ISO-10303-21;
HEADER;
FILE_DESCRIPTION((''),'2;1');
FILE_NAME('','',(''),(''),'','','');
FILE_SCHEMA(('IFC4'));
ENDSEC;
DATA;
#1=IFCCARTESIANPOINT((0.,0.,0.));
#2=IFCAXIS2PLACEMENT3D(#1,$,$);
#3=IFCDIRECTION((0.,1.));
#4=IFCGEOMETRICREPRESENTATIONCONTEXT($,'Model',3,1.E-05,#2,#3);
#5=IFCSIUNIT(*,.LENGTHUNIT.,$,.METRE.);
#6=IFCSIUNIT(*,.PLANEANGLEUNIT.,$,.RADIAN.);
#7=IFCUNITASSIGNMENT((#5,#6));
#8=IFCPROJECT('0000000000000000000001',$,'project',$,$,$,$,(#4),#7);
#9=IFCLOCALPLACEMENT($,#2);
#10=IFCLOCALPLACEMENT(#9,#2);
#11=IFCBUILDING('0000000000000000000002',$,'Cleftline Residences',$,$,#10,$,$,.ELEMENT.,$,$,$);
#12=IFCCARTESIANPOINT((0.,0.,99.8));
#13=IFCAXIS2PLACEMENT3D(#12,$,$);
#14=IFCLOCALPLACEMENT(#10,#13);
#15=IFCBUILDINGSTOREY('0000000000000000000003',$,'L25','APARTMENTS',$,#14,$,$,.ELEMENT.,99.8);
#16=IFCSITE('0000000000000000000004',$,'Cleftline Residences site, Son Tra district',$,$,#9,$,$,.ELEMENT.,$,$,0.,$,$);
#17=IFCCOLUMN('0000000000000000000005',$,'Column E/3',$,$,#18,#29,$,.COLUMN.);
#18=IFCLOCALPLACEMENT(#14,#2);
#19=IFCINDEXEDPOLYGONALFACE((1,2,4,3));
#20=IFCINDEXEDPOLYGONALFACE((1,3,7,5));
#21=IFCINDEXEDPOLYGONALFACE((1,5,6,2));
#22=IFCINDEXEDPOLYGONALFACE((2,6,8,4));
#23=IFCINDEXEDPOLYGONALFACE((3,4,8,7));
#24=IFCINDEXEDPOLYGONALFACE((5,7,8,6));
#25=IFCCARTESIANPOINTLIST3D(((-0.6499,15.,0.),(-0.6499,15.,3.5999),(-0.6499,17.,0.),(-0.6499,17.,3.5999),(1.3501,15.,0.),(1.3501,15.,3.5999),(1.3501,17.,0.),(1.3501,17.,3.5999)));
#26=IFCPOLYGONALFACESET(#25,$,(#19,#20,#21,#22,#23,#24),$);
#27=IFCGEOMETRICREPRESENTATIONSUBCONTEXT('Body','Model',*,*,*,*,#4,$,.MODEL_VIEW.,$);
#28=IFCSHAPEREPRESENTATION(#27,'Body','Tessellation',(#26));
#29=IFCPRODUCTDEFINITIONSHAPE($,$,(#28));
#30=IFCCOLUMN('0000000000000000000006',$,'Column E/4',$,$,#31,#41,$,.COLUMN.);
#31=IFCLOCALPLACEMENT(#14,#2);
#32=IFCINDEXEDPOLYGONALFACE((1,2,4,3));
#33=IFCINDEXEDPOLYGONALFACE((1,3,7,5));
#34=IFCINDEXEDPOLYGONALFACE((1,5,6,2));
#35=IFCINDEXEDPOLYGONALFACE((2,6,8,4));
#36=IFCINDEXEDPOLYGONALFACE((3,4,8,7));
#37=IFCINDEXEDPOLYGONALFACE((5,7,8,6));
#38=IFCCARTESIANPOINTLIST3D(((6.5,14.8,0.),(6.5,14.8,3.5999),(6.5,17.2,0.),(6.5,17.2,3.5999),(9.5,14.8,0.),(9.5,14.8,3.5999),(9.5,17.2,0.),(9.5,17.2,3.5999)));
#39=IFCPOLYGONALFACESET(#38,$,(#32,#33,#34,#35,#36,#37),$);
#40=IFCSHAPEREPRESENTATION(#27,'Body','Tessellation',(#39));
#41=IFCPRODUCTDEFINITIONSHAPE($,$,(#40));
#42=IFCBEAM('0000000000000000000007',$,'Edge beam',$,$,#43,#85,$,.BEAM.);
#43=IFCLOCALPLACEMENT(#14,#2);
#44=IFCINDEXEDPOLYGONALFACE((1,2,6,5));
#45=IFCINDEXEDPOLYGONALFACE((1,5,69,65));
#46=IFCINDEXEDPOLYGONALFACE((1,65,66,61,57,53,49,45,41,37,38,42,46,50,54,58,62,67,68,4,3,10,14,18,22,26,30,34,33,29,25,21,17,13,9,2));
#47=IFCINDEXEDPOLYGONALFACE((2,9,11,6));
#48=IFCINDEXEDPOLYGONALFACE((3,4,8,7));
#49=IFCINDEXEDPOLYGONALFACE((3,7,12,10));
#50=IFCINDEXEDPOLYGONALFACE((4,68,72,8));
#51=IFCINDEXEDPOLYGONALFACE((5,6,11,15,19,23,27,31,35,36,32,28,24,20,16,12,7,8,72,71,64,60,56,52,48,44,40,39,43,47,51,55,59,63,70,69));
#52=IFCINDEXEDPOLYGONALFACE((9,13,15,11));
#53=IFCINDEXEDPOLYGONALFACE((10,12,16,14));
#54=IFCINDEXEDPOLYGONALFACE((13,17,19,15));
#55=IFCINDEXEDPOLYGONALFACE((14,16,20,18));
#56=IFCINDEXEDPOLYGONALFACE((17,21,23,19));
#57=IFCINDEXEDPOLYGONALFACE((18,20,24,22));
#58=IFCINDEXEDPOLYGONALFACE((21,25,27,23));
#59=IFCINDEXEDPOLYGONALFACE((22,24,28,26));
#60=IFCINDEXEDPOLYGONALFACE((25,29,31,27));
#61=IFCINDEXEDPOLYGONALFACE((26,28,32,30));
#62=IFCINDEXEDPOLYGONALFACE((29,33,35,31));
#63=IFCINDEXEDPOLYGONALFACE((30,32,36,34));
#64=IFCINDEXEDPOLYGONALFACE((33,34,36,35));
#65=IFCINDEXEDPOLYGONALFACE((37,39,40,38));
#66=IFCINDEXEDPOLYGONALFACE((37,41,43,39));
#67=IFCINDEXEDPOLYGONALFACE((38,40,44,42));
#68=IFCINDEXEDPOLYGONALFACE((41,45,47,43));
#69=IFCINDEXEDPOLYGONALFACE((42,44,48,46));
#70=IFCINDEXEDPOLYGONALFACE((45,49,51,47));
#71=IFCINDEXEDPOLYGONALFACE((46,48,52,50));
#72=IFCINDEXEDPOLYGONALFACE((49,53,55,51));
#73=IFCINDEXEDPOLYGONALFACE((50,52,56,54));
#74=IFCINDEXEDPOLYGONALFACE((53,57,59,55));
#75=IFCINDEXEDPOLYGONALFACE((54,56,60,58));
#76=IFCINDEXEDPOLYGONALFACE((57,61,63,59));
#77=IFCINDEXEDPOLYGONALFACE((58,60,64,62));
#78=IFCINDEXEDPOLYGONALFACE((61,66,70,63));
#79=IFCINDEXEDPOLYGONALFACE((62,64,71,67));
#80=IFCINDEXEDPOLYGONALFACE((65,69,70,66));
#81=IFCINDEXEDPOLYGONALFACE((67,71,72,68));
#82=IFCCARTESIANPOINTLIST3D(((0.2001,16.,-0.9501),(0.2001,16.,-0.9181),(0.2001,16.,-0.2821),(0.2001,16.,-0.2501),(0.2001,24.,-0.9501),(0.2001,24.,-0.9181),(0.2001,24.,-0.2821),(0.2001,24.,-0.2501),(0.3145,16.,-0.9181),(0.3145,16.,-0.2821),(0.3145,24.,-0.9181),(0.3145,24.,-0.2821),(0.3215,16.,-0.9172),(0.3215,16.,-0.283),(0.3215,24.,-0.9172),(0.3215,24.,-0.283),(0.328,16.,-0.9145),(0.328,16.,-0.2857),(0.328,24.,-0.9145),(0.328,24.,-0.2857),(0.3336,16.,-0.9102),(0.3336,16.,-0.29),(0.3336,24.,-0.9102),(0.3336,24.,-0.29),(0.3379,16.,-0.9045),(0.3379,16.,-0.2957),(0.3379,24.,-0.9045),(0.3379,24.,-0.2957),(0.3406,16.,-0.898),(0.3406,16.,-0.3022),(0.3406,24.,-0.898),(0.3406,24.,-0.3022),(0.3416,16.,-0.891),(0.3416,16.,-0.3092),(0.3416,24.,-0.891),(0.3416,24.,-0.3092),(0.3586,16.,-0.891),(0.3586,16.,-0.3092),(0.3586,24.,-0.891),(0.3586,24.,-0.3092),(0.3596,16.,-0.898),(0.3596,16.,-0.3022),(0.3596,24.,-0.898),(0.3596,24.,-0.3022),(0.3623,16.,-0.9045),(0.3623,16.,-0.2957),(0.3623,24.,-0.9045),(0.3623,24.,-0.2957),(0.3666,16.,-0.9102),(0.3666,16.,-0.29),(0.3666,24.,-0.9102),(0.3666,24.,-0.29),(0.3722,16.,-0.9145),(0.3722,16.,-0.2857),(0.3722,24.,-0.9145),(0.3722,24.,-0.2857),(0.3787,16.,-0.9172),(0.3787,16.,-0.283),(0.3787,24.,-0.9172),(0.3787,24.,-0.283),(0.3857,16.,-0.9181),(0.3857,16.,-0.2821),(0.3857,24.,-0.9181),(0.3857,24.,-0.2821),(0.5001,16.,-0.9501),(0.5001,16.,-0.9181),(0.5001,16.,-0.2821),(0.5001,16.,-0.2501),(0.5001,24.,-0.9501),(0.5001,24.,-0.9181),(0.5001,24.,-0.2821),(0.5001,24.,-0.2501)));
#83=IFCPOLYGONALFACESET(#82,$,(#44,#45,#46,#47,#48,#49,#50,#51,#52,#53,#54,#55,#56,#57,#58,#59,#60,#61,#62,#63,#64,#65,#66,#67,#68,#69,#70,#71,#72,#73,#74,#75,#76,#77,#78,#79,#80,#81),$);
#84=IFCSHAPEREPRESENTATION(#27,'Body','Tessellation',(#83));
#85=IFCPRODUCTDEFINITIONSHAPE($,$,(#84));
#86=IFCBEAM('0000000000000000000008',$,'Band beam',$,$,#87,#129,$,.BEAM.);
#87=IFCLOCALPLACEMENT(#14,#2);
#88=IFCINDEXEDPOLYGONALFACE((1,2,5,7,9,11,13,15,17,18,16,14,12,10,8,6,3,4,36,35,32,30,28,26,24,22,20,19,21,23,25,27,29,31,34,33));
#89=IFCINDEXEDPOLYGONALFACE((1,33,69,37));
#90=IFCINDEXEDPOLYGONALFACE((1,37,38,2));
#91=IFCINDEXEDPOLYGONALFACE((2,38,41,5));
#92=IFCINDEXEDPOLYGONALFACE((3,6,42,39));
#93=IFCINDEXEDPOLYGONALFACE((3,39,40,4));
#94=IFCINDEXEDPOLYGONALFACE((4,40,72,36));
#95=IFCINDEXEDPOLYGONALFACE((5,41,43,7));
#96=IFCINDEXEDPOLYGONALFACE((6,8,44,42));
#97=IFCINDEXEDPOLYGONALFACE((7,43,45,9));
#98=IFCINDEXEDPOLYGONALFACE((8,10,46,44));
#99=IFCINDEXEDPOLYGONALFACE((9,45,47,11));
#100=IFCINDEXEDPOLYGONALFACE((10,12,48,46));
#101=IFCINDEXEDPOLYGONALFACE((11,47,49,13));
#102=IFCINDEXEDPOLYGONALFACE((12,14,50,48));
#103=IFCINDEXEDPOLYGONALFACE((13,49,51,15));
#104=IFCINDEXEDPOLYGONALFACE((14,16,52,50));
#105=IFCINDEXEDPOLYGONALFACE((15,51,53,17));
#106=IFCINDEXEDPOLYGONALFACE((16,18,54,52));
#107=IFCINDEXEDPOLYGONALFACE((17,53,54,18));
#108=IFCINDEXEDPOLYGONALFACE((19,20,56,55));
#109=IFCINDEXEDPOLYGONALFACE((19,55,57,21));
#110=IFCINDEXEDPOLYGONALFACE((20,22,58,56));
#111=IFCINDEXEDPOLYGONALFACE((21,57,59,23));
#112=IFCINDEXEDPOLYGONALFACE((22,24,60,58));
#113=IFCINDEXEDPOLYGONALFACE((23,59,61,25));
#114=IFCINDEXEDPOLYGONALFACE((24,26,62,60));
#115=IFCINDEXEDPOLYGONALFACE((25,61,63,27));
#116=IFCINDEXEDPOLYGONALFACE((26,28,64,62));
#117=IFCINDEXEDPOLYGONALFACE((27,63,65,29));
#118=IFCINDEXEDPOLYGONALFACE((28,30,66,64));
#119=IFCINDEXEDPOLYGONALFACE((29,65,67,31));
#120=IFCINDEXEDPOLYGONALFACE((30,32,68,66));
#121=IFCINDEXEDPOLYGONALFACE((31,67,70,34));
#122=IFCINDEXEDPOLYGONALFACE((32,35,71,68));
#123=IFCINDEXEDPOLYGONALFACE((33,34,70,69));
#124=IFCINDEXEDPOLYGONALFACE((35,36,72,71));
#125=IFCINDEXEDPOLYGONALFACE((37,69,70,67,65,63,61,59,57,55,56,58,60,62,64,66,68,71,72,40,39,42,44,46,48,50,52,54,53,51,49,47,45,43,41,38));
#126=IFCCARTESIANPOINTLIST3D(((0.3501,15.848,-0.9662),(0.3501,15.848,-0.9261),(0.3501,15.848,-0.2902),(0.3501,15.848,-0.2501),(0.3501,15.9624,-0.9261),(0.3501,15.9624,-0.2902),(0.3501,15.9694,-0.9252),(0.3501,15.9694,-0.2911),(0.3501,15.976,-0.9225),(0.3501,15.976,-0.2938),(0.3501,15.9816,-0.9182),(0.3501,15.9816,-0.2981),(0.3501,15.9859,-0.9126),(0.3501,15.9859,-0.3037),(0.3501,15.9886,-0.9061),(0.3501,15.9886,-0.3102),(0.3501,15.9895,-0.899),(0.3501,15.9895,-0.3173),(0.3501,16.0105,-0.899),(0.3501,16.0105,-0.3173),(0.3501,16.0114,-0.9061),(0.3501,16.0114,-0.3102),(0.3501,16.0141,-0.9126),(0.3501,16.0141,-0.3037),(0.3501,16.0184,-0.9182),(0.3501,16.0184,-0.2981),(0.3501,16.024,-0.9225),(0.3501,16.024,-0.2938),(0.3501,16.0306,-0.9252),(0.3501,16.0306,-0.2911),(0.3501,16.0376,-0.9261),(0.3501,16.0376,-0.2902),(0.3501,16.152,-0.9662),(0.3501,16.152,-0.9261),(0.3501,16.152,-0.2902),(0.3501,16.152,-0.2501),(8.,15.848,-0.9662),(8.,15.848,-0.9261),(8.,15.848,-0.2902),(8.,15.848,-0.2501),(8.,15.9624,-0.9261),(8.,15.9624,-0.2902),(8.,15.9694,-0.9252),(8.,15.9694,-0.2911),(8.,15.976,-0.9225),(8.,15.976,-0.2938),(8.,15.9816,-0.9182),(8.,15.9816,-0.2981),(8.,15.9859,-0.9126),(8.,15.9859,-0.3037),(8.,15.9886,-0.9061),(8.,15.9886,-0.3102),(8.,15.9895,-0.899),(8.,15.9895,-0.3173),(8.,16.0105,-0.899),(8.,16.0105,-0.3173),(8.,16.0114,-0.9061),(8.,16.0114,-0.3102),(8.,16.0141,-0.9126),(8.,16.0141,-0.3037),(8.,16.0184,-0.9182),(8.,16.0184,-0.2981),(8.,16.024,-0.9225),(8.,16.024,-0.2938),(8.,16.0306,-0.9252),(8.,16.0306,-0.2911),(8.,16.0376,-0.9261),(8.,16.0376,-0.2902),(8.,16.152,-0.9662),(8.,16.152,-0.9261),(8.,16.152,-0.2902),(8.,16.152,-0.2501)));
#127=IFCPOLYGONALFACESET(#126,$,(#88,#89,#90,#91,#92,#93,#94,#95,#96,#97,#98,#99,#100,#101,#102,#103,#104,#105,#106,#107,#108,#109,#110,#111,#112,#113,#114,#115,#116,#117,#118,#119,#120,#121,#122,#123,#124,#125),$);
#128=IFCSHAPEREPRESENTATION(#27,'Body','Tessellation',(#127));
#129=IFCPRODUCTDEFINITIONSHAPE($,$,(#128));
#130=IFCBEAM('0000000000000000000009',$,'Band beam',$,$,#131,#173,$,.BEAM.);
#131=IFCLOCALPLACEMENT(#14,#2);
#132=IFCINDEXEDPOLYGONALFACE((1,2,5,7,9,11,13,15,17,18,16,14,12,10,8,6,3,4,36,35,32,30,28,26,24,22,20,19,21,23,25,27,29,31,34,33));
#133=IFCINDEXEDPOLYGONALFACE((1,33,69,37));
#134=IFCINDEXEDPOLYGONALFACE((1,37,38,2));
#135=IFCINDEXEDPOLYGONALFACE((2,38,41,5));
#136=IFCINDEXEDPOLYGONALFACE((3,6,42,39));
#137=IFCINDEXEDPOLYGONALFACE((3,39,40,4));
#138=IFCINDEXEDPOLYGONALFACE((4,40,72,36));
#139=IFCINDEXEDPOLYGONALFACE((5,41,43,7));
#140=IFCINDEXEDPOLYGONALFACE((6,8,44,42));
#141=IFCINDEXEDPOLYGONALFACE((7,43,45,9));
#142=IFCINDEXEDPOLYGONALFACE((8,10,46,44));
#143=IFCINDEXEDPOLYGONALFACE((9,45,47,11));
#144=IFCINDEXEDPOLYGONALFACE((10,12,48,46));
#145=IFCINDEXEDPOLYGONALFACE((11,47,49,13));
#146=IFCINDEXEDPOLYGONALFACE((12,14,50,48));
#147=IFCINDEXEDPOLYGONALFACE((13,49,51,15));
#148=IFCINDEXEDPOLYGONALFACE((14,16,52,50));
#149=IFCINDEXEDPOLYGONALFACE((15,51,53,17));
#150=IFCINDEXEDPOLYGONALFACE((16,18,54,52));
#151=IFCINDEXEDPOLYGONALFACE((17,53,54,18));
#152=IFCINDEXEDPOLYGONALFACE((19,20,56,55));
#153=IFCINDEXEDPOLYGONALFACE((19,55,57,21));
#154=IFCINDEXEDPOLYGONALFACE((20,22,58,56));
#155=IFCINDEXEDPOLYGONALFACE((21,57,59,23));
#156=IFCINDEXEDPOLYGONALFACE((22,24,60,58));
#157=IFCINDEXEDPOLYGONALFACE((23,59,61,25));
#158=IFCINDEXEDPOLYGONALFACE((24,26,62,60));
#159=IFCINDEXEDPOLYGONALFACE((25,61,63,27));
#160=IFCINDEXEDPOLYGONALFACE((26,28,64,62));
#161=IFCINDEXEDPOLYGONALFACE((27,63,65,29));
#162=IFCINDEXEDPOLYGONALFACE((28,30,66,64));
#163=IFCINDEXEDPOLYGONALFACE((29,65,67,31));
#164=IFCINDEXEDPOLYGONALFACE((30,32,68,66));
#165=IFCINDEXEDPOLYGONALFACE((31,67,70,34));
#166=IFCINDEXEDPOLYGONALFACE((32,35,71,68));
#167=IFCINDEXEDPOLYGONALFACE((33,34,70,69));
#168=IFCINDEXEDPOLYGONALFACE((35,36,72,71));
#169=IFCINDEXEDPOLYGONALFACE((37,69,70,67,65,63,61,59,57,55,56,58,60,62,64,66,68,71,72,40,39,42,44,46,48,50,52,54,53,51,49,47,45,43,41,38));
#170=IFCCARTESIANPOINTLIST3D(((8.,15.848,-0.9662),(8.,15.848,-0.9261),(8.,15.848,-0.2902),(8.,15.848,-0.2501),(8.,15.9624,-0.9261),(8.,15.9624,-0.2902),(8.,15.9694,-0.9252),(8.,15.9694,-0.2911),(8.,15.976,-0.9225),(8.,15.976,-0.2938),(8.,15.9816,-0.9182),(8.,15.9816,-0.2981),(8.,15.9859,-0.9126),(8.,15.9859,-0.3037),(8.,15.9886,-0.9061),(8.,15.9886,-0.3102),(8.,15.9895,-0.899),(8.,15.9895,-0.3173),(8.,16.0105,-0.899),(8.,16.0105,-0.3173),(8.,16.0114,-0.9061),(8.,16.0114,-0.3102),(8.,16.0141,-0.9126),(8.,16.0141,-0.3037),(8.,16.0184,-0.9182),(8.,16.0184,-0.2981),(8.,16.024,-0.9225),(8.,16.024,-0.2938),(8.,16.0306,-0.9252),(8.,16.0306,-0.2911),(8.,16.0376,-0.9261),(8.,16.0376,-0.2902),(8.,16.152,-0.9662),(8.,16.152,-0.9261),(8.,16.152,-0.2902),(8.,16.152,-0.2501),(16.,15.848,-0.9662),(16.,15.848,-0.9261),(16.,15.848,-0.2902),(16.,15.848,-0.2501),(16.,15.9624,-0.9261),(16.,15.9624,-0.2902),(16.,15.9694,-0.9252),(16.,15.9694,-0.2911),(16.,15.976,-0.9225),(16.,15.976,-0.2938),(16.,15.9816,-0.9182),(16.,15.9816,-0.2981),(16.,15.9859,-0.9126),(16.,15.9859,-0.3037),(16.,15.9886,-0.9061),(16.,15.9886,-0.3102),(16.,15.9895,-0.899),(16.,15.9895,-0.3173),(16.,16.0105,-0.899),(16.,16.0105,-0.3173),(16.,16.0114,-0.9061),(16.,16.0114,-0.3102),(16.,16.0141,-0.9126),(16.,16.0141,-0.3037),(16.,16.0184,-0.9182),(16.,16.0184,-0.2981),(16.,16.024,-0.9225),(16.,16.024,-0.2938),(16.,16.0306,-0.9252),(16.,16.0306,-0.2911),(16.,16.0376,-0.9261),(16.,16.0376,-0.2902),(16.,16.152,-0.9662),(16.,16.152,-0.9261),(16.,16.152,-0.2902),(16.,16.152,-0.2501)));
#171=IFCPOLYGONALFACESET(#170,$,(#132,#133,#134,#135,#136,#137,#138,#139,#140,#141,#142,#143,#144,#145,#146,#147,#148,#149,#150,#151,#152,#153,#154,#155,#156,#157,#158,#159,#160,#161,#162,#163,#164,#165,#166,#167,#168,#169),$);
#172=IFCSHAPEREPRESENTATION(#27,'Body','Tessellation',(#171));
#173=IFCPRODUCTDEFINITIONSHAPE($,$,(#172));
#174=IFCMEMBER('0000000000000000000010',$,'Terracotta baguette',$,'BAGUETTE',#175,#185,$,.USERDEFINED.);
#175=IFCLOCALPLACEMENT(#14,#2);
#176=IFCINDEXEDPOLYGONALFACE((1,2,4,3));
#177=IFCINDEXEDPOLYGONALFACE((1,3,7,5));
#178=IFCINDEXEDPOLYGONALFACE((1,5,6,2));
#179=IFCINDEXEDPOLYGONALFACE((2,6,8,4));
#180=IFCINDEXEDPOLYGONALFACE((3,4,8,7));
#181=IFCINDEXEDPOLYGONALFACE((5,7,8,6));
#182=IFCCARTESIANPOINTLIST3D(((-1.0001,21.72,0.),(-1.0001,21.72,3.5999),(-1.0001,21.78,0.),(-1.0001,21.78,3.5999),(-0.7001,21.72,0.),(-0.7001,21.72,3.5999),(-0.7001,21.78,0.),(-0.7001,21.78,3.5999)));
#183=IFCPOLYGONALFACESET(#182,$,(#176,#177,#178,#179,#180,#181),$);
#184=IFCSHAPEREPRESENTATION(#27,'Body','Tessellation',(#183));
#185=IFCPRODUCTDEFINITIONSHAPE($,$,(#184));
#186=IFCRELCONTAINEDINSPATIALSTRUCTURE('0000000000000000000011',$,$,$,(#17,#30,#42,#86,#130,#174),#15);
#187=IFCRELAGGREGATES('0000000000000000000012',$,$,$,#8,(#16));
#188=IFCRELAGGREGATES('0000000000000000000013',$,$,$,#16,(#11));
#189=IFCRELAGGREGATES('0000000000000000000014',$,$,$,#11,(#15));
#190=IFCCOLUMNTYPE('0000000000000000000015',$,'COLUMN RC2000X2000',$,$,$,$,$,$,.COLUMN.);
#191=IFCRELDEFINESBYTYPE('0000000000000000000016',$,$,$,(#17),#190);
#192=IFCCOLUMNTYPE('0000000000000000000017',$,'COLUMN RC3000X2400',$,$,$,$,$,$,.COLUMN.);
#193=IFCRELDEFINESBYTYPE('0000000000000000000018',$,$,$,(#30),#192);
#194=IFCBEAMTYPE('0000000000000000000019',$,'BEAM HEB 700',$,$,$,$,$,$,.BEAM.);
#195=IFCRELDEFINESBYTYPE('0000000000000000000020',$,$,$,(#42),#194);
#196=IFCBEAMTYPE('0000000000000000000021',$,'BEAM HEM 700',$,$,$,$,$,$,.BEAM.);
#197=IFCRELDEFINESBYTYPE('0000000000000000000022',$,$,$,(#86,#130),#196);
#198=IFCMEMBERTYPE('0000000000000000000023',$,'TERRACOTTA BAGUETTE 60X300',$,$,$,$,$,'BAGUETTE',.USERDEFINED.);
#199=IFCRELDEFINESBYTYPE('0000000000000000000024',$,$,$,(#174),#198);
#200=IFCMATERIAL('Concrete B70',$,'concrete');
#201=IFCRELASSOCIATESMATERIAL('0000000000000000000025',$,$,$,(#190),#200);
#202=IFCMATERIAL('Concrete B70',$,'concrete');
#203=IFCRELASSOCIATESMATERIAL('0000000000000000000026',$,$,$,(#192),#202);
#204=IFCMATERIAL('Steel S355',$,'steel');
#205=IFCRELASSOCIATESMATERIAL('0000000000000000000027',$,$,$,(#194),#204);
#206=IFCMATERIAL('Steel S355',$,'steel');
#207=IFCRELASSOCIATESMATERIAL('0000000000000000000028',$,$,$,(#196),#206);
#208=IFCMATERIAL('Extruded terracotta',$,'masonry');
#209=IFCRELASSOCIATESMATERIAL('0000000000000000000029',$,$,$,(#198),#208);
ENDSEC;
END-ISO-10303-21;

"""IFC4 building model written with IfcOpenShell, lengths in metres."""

from ifc_helpers import new_model, si_unit, direction, frame, origin, origin_2d, place, context, subcontext, project, spatial, rectangle, i_section, extrude, material, material_profile, profile_set, type_object, element, save


model = new_model("IFC4")

# Units and contexts
model_context = context("Model", 3, precision=1e-05, world=origin(), true_north=direction((0.0, 1.0)))
body_context = subcontext(model_context, "Body", "Model", "MODEL_VIEW")
ifc_project = project(units=[si_unit("LENGTHUNIT", "METRE"), si_unit("PLANEANGLEUNIT", "RADIAN")], contexts=[model_context])

# Site, building, storey
site_placement = place(None, origin())
site = spatial("IfcSite", under=ifc_project, at=site_placement, Name="Cleftline Residences site, Son Tra district", CompositionType="ELEMENT", RefElevation=0.0)
building_placement = place(site_placement, origin())
building = spatial("IfcBuilding", under=site, at=building_placement, Name="Cleftline Residences", CompositionType="ELEMENT")
storey_placement = place(building_placement, frame((0.0, 0.0, 99.8)))
storey = spatial("IfcBuildingStorey", under=building, at=storey_placement, Name="L25", Description="APARTMENTS", CompositionType="ELEMENT", Elevation=99.8)

# Columns
ifc_material_1 = material(Name="Concrete B70", Category="concrete")
ifc_material_profile_1 = material_profile(ifc_material_1, rectangle(XDim=2.0, YDim=2.0, at=origin_2d()))
ifc_profile_set_1 = profile_set([ifc_material_profile_1], Name="Concrete B70")
column_type_1 = type_object("IfcColumnType", Name="COLUMN RC2000X2000", PredefinedType="COLUMN", material=ifc_profile_set_1)
column_1_placement = place(storey_placement, frame((0.3501, 16.0, 0.0), z_axis=(0.0, 0.0, 1.0), x_axis=(1.0, 0.0, 0.0)))
element("IfcColumn", 1, at=column_1_placement, inside=storey, type_object=column_type_1, Name="Column E/3", PredefinedType="COLUMN", context=body_context, shape_type="SweptSolid", body=[
    extrude(rectangle(XDim=2.0, YDim=2.0, at=origin_2d()), origin(), (0.0, 0.0, 1.0), 3.5999),
])
ifc_material_2 = material(Name="Concrete B70", Category="concrete")
ifc_material_profile_2 = material_profile(ifc_material_2, rectangle(XDim=3.0, YDim=2.3999, at=origin_2d()))
ifc_profile_set_2 = profile_set([ifc_material_profile_2], Name="Concrete B70")
column_type_2 = type_object("IfcColumnType", Name="COLUMN RC3000X2400", PredefinedType="COLUMN", material=ifc_profile_set_2)
column_2_placement = place(storey_placement, frame((8.0, 16.0, 0.0), z_axis=(0.0, 0.0, 1.0), x_axis=(1.0, 0.0, 0.0)))
element("IfcColumn", 2, at=column_2_placement, inside=storey, type_object=column_type_2, Name="Column E/4", PredefinedType="COLUMN", context=body_context, shape_type="SweptSolid", body=[
    extrude(rectangle(XDim=3.0, YDim=2.3999, at=origin_2d()), origin(), (0.0, 0.0, 1.0), 3.5999),
])

# Beams
ifc_material_3 = material(Name="Steel S355", Category="steel")
ifc_material_profile_3 = material_profile(ifc_material_3, i_section(OverallWidth=0.3, OverallDepth=0.7, WebThickness=0.0171, FlangeThickness=0.032, FilletRadius=0.0271, at=origin_2d()))
ifc_profile_set_3 = profile_set([ifc_material_profile_3], Name="Steel S355")
beam_type_1 = type_object("IfcBeamType", Name="BEAM HEB 700", PredefinedType="BEAM", material=ifc_profile_set_3)
beam_1_placement = place(storey_placement, frame((0.3501, 16.0, -0.6001), z_axis=(0.0, 1.0, 0.0), x_axis=(-1.0, 0.0, 0.0)))
element("IfcBeam", 3, at=beam_1_placement, inside=storey, type_object=beam_type_1, Name="Edge beam", PredefinedType="BEAM", context=body_context, shape_type="SweptSolid", body=[
    extrude(i_section(OverallWidth=0.3, OverallDepth=0.7, WebThickness=0.0171, FlangeThickness=0.032, FilletRadius=0.0271, at=origin_2d()), origin(), (0.0, 0.0, 1.0), 8.0),
])
ifc_material_4 = material(Name="Steel S355", Category="steel")
ifc_material_profile_4 = material_profile(ifc_material_4, i_section(OverallWidth=0.304, OverallDepth=0.7161, WebThickness=0.021, FlangeThickness=0.04, FilletRadius=0.0271, at=origin_2d()))
ifc_profile_set_4 = profile_set([ifc_material_profile_4], Name="Steel S355")
beam_type_2 = type_object("IfcBeamType", Name="BEAM HEM 700", PredefinedType="BEAM", material=ifc_profile_set_4)
beam_2_placement = place(storey_placement, frame((0.3501, 16.0, -0.6082), z_axis=(1.0, 0.0, 0.0), x_axis=(0.0, 1.0, 0.0)))
element("IfcBeam", 4, at=beam_2_placement, inside=storey, type_object=beam_type_2, Name="Band beam", PredefinedType="BEAM", context=body_context, shape_type="SweptSolid", body=[
    extrude(i_section(OverallWidth=0.304, OverallDepth=0.7161, WebThickness=0.021, FlangeThickness=0.04, FilletRadius=0.0271, at=origin_2d()), origin(), (0.0, 0.0, 1.0), 7.6499),
])
beam_3_placement = place(storey_placement, frame((8.0, 16.0, -0.6082), z_axis=(1.0, 0.0, 0.0), x_axis=(0.0, 1.0, 0.0)))
element("IfcBeam", 5, at=beam_3_placement, inside=storey, type_object=beam_type_2, Name="Band beam", PredefinedType="BEAM", context=body_context, shape_type="SweptSolid", body=[
    extrude(i_section(OverallWidth=0.304, OverallDepth=0.7161, WebThickness=0.021, FlangeThickness=0.04, FilletRadius=0.0271, at=origin_2d()), origin(), (0.0, 0.0, 1.0), 8.0),
])

# Member
ifc_material_5 = material(Name="Extruded terracotta", Category="masonry")
ifc_material_profile_5 = material_profile(ifc_material_5, rectangle(XDim=0.0601, YDim=0.3, at=origin_2d()))
ifc_profile_set_5 = profile_set([ifc_material_profile_5], Name="Extruded terracotta")
member_type = type_object("IfcMemberType", Name="TERRACOTTA BAGUETTE 60X300", ElementType="BAGUETTE", PredefinedType="USERDEFINED", material=ifc_profile_set_5)
for number, where, z_axis, x_axis, name in (
    (6, (-0.8501, 21.75, 0.0), (0.0, 0.0, 1.0), (0.0, 1.0, 0.0), "Terracotta baguette"),
):
    element("IfcMember", number, at=place(storey_placement, frame(where, z_axis=z_axis, x_axis=x_axis)), inside=storey, type_object=member_type, Name=name, ObjectType="BAGUETTE", PredefinedType="USERDEFINED", context=body_context, shape_type="SweptSolid", body=[
        extrude(rectangle(XDim=0.0601, YDim=0.3, at=origin_2d()), origin(), (0.0, 0.0, 1.0), 3.5999),
    ])

save(model, "model.ifc")
